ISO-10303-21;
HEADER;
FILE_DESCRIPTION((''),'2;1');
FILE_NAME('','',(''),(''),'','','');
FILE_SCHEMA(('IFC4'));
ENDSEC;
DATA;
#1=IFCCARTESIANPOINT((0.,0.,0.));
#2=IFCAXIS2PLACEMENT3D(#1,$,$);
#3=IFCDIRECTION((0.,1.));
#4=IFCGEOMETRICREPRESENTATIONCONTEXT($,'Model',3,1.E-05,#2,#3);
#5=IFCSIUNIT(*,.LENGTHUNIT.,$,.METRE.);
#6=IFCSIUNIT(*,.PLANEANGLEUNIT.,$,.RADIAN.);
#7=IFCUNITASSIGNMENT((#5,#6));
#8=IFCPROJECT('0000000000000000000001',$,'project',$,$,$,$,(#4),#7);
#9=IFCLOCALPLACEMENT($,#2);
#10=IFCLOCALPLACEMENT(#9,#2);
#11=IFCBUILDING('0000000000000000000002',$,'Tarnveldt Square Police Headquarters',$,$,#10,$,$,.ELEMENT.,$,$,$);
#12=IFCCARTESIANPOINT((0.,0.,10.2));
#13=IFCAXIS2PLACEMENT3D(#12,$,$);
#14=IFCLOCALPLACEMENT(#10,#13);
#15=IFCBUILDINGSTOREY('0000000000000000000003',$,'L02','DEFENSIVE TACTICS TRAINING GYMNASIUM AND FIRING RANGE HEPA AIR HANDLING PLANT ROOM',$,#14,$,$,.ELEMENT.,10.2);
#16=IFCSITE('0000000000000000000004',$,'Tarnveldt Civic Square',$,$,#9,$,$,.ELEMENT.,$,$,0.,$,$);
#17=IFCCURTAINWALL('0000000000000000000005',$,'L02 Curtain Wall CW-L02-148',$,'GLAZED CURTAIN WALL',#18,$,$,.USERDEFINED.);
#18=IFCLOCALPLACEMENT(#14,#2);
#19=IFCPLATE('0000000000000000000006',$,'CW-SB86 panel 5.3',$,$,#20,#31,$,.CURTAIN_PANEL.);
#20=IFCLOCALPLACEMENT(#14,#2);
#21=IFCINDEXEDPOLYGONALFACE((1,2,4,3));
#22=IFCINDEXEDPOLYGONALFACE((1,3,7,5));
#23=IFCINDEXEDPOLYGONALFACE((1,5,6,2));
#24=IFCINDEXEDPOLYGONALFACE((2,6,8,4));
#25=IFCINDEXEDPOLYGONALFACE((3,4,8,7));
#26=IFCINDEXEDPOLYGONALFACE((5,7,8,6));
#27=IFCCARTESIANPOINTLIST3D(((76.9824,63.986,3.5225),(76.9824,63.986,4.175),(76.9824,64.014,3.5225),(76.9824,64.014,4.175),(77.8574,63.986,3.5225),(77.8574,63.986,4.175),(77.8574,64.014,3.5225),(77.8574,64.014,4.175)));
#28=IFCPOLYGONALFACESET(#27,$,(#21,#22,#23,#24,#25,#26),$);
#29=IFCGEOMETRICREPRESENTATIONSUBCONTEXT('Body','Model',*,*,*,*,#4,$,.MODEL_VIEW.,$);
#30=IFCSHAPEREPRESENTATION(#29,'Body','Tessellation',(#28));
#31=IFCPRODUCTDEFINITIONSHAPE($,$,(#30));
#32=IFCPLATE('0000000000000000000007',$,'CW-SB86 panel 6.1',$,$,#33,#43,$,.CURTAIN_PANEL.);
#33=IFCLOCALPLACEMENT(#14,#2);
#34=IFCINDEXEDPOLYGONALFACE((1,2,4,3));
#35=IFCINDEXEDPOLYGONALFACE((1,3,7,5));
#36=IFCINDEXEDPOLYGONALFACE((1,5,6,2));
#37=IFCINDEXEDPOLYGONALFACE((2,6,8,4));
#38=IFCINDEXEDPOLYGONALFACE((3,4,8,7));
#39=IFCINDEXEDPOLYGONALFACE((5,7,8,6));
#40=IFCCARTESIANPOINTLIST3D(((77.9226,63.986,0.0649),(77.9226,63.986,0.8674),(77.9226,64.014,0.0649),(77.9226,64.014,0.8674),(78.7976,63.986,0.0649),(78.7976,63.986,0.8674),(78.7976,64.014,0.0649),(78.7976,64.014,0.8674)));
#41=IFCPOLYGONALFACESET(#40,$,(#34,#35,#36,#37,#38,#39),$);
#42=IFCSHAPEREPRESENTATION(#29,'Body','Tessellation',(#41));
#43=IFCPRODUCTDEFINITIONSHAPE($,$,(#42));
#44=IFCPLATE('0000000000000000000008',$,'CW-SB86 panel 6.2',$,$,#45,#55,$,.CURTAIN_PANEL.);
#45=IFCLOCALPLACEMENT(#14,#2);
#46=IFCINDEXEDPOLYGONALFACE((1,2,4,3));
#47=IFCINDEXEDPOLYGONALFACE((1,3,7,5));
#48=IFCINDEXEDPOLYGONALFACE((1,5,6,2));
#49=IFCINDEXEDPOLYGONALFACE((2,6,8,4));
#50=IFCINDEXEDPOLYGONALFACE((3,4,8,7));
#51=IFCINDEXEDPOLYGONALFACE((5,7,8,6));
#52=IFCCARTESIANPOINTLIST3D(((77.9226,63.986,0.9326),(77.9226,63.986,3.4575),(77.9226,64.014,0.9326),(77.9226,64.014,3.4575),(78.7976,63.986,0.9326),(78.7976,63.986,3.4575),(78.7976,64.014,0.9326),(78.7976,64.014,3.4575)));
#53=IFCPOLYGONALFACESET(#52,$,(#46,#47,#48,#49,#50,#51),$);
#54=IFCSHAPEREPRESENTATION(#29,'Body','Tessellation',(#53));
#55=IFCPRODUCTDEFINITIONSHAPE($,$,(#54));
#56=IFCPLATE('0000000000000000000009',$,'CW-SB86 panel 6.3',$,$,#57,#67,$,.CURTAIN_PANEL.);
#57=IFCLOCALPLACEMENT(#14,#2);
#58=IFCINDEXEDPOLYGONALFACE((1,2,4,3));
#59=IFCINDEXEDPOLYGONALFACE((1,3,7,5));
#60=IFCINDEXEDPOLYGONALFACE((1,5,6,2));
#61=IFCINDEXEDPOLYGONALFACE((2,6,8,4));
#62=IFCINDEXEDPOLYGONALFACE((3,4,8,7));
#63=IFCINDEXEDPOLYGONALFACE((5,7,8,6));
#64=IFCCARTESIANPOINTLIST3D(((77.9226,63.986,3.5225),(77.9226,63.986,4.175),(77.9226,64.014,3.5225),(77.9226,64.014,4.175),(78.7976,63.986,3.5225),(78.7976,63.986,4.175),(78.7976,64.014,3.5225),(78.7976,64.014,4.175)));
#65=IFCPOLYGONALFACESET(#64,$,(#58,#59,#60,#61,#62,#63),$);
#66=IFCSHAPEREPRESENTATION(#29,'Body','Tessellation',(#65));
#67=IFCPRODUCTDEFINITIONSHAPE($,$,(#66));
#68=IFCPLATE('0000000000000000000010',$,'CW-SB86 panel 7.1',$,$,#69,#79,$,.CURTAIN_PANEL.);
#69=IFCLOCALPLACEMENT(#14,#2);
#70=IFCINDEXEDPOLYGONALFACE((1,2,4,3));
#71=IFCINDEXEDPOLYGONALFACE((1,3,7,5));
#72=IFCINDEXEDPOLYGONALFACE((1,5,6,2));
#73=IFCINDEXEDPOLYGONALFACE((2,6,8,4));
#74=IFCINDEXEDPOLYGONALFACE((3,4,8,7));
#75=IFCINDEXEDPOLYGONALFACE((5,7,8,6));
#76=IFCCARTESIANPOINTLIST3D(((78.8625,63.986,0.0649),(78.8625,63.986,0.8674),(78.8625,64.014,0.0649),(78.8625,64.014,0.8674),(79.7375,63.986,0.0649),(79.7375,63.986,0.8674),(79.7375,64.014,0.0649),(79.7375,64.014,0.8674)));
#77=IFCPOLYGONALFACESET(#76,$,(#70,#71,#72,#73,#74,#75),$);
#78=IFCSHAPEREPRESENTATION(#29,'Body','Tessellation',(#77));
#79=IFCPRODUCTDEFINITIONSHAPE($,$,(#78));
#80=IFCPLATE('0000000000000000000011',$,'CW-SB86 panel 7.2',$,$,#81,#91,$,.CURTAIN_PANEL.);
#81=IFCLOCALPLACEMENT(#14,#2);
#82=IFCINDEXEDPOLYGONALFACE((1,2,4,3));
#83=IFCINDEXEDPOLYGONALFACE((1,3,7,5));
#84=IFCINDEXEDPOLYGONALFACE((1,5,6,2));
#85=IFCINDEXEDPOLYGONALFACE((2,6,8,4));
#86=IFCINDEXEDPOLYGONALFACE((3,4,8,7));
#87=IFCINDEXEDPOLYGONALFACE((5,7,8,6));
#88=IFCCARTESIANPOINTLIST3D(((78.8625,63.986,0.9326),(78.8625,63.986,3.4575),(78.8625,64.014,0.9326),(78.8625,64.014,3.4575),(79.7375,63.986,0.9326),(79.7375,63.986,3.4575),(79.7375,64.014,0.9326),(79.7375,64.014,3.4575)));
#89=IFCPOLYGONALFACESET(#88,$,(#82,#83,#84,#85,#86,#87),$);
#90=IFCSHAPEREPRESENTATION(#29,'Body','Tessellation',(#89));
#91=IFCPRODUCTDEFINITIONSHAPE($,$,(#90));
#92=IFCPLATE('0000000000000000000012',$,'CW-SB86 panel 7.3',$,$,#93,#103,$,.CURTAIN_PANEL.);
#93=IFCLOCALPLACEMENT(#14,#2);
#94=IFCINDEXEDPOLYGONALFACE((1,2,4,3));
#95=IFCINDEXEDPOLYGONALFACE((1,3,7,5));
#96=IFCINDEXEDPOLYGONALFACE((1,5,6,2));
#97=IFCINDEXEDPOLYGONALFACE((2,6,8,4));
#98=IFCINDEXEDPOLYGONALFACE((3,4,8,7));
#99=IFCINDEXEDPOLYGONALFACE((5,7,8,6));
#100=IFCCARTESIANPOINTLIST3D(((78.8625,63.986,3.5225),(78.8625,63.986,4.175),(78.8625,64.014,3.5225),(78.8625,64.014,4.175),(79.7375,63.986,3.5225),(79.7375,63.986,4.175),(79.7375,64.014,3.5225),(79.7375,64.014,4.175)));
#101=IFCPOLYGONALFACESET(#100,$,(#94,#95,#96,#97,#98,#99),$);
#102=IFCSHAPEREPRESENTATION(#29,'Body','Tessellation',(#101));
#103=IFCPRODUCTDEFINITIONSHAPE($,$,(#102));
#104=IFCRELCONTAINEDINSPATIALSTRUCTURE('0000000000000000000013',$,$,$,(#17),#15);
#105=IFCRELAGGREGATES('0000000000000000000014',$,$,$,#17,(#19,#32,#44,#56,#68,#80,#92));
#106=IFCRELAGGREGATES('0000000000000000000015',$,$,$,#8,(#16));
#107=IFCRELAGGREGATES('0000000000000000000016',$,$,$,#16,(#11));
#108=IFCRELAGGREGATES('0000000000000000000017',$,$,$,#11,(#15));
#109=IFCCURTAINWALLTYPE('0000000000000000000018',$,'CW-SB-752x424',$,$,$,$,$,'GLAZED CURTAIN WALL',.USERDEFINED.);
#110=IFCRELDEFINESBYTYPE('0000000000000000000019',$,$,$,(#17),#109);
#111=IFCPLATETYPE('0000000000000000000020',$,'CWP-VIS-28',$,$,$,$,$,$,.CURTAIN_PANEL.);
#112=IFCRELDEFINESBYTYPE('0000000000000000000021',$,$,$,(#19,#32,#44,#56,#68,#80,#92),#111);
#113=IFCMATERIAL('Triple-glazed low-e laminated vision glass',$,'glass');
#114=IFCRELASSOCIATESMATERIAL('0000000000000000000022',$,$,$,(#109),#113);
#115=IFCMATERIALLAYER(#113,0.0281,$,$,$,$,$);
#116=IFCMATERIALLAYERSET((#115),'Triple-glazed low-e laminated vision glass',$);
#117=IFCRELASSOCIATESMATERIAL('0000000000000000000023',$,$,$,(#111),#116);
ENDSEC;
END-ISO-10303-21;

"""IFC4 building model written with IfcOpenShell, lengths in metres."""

from ifc_helpers import new_model, si_unit, direction, frame, origin, origin_2d, place, context, subcontext, project, spatial, rectangle, extrude, material, layer, layer_set, type_object, element, aggregate, save


model = new_model("IFC4")

# Units and contexts
model_context = context("Model", 3, precision=1e-05, world=origin(), true_north=direction((0.0, 1.0)))
body_context = subcontext(model_context, "Body", "Model", "MODEL_VIEW")
ifc_project = project(units=[si_unit("LENGTHUNIT", "METRE"), si_unit("PLANEANGLEUNIT", "RADIAN")], contexts=[model_context])

# Site, building, storey
site_placement = place(None, origin())
site = spatial("IfcSite", under=ifc_project, at=site_placement, Name="Tarnveldt Civic Square", CompositionType="ELEMENT", RefElevation=0.0)
building_placement = place(site_placement, origin())
building = spatial("IfcBuilding", under=site, at=building_placement, Name="Tarnveldt Square Police Headquarters", CompositionType="ELEMENT")
storey_placement = place(building_placement, frame((0.0, 0.0, 10.2)))
storey = spatial("IfcBuildingStorey", under=building, at=storey_placement, Name="L02", Description="DEFENSIVE TACTICS TRAINING GYMNASIUM AND FIRING RANGE HEPA AIR HANDLING PLANT ROOM", CompositionType="ELEMENT", Elevation=10.2)

# Curtain wall
ifc_material_1 = material(Name="Triple-glazed low-e laminated vision glass", Category="glass")
curtain_wall_type_1 = type_object("IfcCurtainWallType", Name="CW-SB-752x424", ElementType="GLAZED CURTAIN WALL", PredefinedType="USERDEFINED", material=ifc_material_1)
curtain_wall_1_placement = place(storey_placement, origin())
curtain_wall_1 = element("IfcCurtainWall", 1, at=curtain_wall_1_placement, inside=storey, type_object=curtain_wall_type_1, Name="L02 Curtain Wall CW-L02-148", ObjectType="GLAZED CURTAIN WALL", PredefinedType="USERDEFINED")

# Shared definitions
ifc_layer = layer(ifc_material_1, 0.0281)
ifc_layer_set = layer_set([ifc_layer], Name="Triple-glazed low-e laminated vision glass")
plate_type = type_object("IfcPlateType", Name="CWP-VIS-28", PredefinedType="CURTAIN_PANEL", material=ifc_layer_set)

# Plates
plate_1_placement = place(storey_placement, frame((77.4199, 64.0, 3.5225), z_axis=(0.0, 0.0, 1.0), x_axis=(1.0, 0.0, 0.0)))
plate_1 = element("IfcPlate", 2, at=plate_1_placement, type_object=plate_type, Name="CW-SB86 panel 5.3", PredefinedType="CURTAIN_PANEL", context=body_context, shape_type="SweptSolid", body=[
    extrude(rectangle(XDim=0.875, YDim=0.0281, at=origin_2d()), origin(), (0.0, 0.0, 1.0), 0.6526),
])
plate_2_placement = place(storey_placement, frame((78.3601, 64.0, 0.0649), z_axis=(0.0, 0.0, 1.0), x_axis=(1.0, 0.0, 0.0)))
plate_2 = element("IfcPlate", 3, at=plate_2_placement, type_object=plate_type, Name="CW-SB86 panel 6.1", PredefinedType="CURTAIN_PANEL", context=body_context, shape_type="SweptSolid", body=[
    extrude(rectangle(XDim=0.875, YDim=0.0281, at=origin_2d()), origin(), (0.0, 0.0, 1.0), 0.8025),
])
plate_3_placement = place(storey_placement, frame((78.3601, 64.0, 0.9326), z_axis=(0.0, 0.0, 1.0), x_axis=(1.0, 0.0, 0.0)))
plate_3 = element("IfcPlate", 4, at=plate_3_placement, type_object=plate_type, Name="CW-SB86 panel 6.2", PredefinedType="CURTAIN_PANEL", context=body_context, shape_type="SweptSolid", body=[
    extrude(rectangle(XDim=0.875, YDim=0.0281, at=origin_2d()), origin(), (0.0, 0.0, 1.0), 2.5249),
])
plate_4_placement = place(storey_placement, frame((78.3601, 64.0, 3.5225), z_axis=(0.0, 0.0, 1.0), x_axis=(1.0, 0.0, 0.0)))
plate_4 = element("IfcPlate", 5, at=plate_4_placement, type_object=plate_type, Name="CW-SB86 panel 6.3", PredefinedType="CURTAIN_PANEL", context=body_context, shape_type="SweptSolid", body=[
    extrude(rectangle(XDim=0.875, YDim=0.0281, at=origin_2d()), origin(), (0.0, 0.0, 1.0), 0.6526),
])
plate_5_placement = place(storey_placement, frame((79.3, 64.0, 0.0649), z_axis=(0.0, 0.0, 1.0), x_axis=(1.0, 0.0, 0.0)))
plate_5 = element("IfcPlate", 6, at=plate_5_placement, type_object=plate_type, Name="CW-SB86 panel 7.1", PredefinedType="CURTAIN_PANEL", context=body_context, shape_type="SweptSolid", body=[
    extrude(rectangle(XDim=0.875, YDim=0.0281, at=origin_2d()), origin(), (0.0, 0.0, 1.0), 0.8025),
])
plate_6_placement = place(storey_placement, frame((79.3, 64.0, 0.9326), z_axis=(0.0, 0.0, 1.0), x_axis=(1.0, 0.0, 0.0)))
plate_6 = element("IfcPlate", 7, at=plate_6_placement, type_object=plate_type, Name="CW-SB86 panel 7.2", PredefinedType="CURTAIN_PANEL", context=body_context, shape_type="SweptSolid", body=[
    extrude(rectangle(XDim=0.875, YDim=0.0281, at=origin_2d()), origin(), (0.0, 0.0, 1.0), 2.5249),
])
plate_7_placement = place(storey_placement, frame((79.3, 64.0, 3.5225), z_axis=(0.0, 0.0, 1.0), x_axis=(1.0, 0.0, 0.0)))
plate_7 = element("IfcPlate", 8, at=plate_7_placement, type_object=plate_type, Name="CW-SB86 panel 7.3", PredefinedType="CURTAIN_PANEL", context=body_context, shape_type="SweptSolid", body=[
    extrude(rectangle(XDim=0.875, YDim=0.0281, at=origin_2d()), origin(), (0.0, 0.0, 1.0), 0.6526),
])
aggregate(curtain_wall_1, [plate_1, plate_2, plate_3, plate_4, plate_5, plate_6, plate_7])

save(model, "model.ifc")
